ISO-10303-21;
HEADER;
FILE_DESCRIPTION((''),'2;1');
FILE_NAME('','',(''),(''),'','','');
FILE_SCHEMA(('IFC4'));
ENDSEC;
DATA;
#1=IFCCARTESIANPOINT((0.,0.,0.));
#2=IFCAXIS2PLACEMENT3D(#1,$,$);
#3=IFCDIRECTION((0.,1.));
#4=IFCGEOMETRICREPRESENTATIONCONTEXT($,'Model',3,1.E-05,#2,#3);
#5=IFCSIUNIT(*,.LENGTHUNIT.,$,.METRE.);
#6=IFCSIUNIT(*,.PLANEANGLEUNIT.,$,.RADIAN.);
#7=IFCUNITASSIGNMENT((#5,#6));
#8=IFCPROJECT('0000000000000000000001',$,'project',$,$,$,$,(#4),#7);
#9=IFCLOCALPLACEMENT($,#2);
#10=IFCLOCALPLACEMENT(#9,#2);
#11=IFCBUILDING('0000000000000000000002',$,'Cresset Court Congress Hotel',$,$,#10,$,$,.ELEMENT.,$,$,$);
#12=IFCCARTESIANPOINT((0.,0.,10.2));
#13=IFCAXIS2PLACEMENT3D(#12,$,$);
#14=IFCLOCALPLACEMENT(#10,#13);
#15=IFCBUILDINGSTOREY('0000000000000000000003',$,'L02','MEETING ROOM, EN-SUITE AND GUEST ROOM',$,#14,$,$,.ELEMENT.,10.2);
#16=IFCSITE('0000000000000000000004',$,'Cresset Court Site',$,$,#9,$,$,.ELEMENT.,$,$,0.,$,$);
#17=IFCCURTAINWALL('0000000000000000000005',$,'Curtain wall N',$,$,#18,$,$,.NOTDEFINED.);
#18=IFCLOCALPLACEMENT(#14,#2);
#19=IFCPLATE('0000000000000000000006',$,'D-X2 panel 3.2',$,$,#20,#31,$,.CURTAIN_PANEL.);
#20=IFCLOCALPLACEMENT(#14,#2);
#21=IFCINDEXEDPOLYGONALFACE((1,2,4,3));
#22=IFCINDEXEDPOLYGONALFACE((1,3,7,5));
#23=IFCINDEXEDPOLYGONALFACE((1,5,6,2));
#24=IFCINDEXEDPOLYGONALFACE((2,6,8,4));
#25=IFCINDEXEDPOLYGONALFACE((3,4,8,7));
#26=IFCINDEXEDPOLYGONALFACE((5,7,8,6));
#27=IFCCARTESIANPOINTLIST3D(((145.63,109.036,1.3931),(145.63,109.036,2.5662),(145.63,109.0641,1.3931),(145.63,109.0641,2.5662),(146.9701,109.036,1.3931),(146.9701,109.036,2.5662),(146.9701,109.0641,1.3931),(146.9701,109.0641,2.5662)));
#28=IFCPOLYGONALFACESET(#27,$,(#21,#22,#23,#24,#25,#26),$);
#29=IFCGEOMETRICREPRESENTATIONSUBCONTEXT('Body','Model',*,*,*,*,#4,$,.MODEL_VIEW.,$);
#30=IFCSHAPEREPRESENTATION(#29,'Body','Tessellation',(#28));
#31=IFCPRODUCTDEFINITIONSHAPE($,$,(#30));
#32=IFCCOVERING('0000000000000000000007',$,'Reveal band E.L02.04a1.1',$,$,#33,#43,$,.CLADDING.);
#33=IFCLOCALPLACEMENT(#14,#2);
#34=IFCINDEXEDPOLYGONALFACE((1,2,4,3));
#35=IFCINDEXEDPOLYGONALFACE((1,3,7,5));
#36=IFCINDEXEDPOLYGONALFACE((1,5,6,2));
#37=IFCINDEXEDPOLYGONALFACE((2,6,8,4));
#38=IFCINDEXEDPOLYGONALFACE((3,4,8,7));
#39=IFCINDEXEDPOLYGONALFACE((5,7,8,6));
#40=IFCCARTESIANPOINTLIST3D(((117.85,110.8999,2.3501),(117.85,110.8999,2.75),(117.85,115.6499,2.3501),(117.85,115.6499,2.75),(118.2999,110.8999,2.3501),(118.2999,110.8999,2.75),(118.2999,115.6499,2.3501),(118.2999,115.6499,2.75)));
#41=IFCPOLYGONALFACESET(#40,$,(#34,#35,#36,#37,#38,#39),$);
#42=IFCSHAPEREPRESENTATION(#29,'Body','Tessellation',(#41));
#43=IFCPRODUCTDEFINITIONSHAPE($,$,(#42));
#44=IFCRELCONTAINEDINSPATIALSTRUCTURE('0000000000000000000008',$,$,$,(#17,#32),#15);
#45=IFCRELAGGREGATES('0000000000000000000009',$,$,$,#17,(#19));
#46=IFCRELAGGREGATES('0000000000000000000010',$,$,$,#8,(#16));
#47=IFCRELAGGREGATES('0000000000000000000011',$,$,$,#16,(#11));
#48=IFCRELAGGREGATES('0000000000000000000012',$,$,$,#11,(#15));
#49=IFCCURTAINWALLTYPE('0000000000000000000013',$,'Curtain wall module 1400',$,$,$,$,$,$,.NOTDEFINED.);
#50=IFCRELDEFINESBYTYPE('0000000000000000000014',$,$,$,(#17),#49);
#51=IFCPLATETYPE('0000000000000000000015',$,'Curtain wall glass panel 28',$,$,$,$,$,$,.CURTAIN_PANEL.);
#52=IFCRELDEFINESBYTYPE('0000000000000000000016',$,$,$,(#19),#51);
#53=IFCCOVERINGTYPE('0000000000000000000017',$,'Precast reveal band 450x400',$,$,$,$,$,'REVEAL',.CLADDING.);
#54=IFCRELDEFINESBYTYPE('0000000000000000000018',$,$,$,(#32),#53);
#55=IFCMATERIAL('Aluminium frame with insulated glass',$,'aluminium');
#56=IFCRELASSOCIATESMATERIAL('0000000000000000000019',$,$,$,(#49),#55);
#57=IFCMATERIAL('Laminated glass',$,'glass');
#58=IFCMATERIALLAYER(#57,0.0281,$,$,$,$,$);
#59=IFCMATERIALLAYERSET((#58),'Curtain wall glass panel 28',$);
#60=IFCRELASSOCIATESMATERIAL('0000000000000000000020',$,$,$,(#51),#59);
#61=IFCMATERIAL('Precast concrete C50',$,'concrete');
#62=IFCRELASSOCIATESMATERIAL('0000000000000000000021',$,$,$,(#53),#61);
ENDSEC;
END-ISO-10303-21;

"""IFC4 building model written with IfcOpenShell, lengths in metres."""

from ifc_helpers import new_model, si_unit, direction, frame, origin, origin_2d, place, context, subcontext, project, spatial, rectangle, extrude, material, layer, layer_set, type_object, element, aggregate, save


model = new_model("IFC4")

# Units and contexts
model_context = context("Model", 3, precision=1e-05, world=origin(), true_north=direction((0.0, 1.0)))
body_context = subcontext(model_context, "Body", "Model", "MODEL_VIEW")
ifc_project = project(units=[si_unit("LENGTHUNIT", "METRE"), si_unit("PLANEANGLEUNIT", "RADIAN")], contexts=[model_context])

# Site, building, storey
site_placement = place(None, origin())
site = spatial("IfcSite", under=ifc_project, at=site_placement, Name="Cresset Court Site", CompositionType="ELEMENT", RefElevation=0.0)
building_placement = place(site_placement, origin())
building = spatial("IfcBuilding", under=site, at=building_placement, Name="Cresset Court Congress Hotel", CompositionType="ELEMENT")
storey_placement = place(building_placement, frame((0.0, 0.0, 10.2)))
storey = spatial("IfcBuildingStorey", under=building, at=storey_placement, Name="L02", Description="MEETING ROOM, EN-SUITE AND GUEST ROOM", CompositionType="ELEMENT", Elevation=10.2)

# Curtain wall, plate
ifc_material_1 = material(Name="Aluminium frame with insulated glass", Category="aluminium")
curtain_wall_type = type_object("IfcCurtainWallType", Name="Curtain wall module 1400", PredefinedType="NOTDEFINED", material=ifc_material_1)
curtain_wall_placement = place(storey_placement, origin())
curtain_wall = element("IfcCurtainWall", 1, at=curtain_wall_placement, inside=storey, type_object=curtain_wall_type, Name="Curtain wall N", PredefinedType="NOTDEFINED")
ifc_material_2 = material(Name="Laminated glass", Category="glass")
ifc_layer = layer(ifc_material_2, 0.0281)
ifc_layer_set = layer_set([ifc_layer], Name="Curtain wall glass panel 28")
plate_type = type_object("IfcPlateType", Name="Curtain wall glass panel 28", PredefinedType="CURTAIN_PANEL", material=ifc_layer_set)
plate_1_placement = place(storey_placement, frame((146.3, 109.05, 1.3931), z_axis=(0.0, 0.0, 1.0), x_axis=(1.0, 0.0, 0.0)))
plate_1 = element("IfcPlate", 2, at=plate_1_placement, type_object=plate_type, Name="D-X2 panel 3.2", PredefinedType="CURTAIN_PANEL", context=body_context, shape_type="SweptSolid", body=[
    extrude(rectangle(XDim=1.3401, YDim=0.0281, at=origin_2d()), origin(), (0.0, 0.0, 1.0), 1.1731),
])
aggregate(curtain_wall, [plate_1])

# Covering
ifc_material_3 = material(Name="Precast concrete C50", Category="concrete")
covering_type = type_object("IfcCoveringType", Name="Precast reveal band 450x400", ElementType="REVEAL", PredefinedType="CLADDING", material=ifc_material_3)
covering_placement = place(storey_placement, frame((118.075, 113.2749, 2.3501), z_axis=(0.0, 0.0, 1.0), x_axis=(0.0, -1.0, 0.0)))
element("IfcCovering", 3, at=covering_placement, inside=storey, type_object=covering_type, Name="Reveal band E.L02.04a1.1", PredefinedType="CLADDING", context=body_context, shape_type="SweptSolid", body=[
    extrude(rectangle(XDim=4.75, YDim=0.45, at=origin_2d()), origin(), (0.0, 0.0, 1.0), 0.3999),
])

save(model, "model.ifc")
